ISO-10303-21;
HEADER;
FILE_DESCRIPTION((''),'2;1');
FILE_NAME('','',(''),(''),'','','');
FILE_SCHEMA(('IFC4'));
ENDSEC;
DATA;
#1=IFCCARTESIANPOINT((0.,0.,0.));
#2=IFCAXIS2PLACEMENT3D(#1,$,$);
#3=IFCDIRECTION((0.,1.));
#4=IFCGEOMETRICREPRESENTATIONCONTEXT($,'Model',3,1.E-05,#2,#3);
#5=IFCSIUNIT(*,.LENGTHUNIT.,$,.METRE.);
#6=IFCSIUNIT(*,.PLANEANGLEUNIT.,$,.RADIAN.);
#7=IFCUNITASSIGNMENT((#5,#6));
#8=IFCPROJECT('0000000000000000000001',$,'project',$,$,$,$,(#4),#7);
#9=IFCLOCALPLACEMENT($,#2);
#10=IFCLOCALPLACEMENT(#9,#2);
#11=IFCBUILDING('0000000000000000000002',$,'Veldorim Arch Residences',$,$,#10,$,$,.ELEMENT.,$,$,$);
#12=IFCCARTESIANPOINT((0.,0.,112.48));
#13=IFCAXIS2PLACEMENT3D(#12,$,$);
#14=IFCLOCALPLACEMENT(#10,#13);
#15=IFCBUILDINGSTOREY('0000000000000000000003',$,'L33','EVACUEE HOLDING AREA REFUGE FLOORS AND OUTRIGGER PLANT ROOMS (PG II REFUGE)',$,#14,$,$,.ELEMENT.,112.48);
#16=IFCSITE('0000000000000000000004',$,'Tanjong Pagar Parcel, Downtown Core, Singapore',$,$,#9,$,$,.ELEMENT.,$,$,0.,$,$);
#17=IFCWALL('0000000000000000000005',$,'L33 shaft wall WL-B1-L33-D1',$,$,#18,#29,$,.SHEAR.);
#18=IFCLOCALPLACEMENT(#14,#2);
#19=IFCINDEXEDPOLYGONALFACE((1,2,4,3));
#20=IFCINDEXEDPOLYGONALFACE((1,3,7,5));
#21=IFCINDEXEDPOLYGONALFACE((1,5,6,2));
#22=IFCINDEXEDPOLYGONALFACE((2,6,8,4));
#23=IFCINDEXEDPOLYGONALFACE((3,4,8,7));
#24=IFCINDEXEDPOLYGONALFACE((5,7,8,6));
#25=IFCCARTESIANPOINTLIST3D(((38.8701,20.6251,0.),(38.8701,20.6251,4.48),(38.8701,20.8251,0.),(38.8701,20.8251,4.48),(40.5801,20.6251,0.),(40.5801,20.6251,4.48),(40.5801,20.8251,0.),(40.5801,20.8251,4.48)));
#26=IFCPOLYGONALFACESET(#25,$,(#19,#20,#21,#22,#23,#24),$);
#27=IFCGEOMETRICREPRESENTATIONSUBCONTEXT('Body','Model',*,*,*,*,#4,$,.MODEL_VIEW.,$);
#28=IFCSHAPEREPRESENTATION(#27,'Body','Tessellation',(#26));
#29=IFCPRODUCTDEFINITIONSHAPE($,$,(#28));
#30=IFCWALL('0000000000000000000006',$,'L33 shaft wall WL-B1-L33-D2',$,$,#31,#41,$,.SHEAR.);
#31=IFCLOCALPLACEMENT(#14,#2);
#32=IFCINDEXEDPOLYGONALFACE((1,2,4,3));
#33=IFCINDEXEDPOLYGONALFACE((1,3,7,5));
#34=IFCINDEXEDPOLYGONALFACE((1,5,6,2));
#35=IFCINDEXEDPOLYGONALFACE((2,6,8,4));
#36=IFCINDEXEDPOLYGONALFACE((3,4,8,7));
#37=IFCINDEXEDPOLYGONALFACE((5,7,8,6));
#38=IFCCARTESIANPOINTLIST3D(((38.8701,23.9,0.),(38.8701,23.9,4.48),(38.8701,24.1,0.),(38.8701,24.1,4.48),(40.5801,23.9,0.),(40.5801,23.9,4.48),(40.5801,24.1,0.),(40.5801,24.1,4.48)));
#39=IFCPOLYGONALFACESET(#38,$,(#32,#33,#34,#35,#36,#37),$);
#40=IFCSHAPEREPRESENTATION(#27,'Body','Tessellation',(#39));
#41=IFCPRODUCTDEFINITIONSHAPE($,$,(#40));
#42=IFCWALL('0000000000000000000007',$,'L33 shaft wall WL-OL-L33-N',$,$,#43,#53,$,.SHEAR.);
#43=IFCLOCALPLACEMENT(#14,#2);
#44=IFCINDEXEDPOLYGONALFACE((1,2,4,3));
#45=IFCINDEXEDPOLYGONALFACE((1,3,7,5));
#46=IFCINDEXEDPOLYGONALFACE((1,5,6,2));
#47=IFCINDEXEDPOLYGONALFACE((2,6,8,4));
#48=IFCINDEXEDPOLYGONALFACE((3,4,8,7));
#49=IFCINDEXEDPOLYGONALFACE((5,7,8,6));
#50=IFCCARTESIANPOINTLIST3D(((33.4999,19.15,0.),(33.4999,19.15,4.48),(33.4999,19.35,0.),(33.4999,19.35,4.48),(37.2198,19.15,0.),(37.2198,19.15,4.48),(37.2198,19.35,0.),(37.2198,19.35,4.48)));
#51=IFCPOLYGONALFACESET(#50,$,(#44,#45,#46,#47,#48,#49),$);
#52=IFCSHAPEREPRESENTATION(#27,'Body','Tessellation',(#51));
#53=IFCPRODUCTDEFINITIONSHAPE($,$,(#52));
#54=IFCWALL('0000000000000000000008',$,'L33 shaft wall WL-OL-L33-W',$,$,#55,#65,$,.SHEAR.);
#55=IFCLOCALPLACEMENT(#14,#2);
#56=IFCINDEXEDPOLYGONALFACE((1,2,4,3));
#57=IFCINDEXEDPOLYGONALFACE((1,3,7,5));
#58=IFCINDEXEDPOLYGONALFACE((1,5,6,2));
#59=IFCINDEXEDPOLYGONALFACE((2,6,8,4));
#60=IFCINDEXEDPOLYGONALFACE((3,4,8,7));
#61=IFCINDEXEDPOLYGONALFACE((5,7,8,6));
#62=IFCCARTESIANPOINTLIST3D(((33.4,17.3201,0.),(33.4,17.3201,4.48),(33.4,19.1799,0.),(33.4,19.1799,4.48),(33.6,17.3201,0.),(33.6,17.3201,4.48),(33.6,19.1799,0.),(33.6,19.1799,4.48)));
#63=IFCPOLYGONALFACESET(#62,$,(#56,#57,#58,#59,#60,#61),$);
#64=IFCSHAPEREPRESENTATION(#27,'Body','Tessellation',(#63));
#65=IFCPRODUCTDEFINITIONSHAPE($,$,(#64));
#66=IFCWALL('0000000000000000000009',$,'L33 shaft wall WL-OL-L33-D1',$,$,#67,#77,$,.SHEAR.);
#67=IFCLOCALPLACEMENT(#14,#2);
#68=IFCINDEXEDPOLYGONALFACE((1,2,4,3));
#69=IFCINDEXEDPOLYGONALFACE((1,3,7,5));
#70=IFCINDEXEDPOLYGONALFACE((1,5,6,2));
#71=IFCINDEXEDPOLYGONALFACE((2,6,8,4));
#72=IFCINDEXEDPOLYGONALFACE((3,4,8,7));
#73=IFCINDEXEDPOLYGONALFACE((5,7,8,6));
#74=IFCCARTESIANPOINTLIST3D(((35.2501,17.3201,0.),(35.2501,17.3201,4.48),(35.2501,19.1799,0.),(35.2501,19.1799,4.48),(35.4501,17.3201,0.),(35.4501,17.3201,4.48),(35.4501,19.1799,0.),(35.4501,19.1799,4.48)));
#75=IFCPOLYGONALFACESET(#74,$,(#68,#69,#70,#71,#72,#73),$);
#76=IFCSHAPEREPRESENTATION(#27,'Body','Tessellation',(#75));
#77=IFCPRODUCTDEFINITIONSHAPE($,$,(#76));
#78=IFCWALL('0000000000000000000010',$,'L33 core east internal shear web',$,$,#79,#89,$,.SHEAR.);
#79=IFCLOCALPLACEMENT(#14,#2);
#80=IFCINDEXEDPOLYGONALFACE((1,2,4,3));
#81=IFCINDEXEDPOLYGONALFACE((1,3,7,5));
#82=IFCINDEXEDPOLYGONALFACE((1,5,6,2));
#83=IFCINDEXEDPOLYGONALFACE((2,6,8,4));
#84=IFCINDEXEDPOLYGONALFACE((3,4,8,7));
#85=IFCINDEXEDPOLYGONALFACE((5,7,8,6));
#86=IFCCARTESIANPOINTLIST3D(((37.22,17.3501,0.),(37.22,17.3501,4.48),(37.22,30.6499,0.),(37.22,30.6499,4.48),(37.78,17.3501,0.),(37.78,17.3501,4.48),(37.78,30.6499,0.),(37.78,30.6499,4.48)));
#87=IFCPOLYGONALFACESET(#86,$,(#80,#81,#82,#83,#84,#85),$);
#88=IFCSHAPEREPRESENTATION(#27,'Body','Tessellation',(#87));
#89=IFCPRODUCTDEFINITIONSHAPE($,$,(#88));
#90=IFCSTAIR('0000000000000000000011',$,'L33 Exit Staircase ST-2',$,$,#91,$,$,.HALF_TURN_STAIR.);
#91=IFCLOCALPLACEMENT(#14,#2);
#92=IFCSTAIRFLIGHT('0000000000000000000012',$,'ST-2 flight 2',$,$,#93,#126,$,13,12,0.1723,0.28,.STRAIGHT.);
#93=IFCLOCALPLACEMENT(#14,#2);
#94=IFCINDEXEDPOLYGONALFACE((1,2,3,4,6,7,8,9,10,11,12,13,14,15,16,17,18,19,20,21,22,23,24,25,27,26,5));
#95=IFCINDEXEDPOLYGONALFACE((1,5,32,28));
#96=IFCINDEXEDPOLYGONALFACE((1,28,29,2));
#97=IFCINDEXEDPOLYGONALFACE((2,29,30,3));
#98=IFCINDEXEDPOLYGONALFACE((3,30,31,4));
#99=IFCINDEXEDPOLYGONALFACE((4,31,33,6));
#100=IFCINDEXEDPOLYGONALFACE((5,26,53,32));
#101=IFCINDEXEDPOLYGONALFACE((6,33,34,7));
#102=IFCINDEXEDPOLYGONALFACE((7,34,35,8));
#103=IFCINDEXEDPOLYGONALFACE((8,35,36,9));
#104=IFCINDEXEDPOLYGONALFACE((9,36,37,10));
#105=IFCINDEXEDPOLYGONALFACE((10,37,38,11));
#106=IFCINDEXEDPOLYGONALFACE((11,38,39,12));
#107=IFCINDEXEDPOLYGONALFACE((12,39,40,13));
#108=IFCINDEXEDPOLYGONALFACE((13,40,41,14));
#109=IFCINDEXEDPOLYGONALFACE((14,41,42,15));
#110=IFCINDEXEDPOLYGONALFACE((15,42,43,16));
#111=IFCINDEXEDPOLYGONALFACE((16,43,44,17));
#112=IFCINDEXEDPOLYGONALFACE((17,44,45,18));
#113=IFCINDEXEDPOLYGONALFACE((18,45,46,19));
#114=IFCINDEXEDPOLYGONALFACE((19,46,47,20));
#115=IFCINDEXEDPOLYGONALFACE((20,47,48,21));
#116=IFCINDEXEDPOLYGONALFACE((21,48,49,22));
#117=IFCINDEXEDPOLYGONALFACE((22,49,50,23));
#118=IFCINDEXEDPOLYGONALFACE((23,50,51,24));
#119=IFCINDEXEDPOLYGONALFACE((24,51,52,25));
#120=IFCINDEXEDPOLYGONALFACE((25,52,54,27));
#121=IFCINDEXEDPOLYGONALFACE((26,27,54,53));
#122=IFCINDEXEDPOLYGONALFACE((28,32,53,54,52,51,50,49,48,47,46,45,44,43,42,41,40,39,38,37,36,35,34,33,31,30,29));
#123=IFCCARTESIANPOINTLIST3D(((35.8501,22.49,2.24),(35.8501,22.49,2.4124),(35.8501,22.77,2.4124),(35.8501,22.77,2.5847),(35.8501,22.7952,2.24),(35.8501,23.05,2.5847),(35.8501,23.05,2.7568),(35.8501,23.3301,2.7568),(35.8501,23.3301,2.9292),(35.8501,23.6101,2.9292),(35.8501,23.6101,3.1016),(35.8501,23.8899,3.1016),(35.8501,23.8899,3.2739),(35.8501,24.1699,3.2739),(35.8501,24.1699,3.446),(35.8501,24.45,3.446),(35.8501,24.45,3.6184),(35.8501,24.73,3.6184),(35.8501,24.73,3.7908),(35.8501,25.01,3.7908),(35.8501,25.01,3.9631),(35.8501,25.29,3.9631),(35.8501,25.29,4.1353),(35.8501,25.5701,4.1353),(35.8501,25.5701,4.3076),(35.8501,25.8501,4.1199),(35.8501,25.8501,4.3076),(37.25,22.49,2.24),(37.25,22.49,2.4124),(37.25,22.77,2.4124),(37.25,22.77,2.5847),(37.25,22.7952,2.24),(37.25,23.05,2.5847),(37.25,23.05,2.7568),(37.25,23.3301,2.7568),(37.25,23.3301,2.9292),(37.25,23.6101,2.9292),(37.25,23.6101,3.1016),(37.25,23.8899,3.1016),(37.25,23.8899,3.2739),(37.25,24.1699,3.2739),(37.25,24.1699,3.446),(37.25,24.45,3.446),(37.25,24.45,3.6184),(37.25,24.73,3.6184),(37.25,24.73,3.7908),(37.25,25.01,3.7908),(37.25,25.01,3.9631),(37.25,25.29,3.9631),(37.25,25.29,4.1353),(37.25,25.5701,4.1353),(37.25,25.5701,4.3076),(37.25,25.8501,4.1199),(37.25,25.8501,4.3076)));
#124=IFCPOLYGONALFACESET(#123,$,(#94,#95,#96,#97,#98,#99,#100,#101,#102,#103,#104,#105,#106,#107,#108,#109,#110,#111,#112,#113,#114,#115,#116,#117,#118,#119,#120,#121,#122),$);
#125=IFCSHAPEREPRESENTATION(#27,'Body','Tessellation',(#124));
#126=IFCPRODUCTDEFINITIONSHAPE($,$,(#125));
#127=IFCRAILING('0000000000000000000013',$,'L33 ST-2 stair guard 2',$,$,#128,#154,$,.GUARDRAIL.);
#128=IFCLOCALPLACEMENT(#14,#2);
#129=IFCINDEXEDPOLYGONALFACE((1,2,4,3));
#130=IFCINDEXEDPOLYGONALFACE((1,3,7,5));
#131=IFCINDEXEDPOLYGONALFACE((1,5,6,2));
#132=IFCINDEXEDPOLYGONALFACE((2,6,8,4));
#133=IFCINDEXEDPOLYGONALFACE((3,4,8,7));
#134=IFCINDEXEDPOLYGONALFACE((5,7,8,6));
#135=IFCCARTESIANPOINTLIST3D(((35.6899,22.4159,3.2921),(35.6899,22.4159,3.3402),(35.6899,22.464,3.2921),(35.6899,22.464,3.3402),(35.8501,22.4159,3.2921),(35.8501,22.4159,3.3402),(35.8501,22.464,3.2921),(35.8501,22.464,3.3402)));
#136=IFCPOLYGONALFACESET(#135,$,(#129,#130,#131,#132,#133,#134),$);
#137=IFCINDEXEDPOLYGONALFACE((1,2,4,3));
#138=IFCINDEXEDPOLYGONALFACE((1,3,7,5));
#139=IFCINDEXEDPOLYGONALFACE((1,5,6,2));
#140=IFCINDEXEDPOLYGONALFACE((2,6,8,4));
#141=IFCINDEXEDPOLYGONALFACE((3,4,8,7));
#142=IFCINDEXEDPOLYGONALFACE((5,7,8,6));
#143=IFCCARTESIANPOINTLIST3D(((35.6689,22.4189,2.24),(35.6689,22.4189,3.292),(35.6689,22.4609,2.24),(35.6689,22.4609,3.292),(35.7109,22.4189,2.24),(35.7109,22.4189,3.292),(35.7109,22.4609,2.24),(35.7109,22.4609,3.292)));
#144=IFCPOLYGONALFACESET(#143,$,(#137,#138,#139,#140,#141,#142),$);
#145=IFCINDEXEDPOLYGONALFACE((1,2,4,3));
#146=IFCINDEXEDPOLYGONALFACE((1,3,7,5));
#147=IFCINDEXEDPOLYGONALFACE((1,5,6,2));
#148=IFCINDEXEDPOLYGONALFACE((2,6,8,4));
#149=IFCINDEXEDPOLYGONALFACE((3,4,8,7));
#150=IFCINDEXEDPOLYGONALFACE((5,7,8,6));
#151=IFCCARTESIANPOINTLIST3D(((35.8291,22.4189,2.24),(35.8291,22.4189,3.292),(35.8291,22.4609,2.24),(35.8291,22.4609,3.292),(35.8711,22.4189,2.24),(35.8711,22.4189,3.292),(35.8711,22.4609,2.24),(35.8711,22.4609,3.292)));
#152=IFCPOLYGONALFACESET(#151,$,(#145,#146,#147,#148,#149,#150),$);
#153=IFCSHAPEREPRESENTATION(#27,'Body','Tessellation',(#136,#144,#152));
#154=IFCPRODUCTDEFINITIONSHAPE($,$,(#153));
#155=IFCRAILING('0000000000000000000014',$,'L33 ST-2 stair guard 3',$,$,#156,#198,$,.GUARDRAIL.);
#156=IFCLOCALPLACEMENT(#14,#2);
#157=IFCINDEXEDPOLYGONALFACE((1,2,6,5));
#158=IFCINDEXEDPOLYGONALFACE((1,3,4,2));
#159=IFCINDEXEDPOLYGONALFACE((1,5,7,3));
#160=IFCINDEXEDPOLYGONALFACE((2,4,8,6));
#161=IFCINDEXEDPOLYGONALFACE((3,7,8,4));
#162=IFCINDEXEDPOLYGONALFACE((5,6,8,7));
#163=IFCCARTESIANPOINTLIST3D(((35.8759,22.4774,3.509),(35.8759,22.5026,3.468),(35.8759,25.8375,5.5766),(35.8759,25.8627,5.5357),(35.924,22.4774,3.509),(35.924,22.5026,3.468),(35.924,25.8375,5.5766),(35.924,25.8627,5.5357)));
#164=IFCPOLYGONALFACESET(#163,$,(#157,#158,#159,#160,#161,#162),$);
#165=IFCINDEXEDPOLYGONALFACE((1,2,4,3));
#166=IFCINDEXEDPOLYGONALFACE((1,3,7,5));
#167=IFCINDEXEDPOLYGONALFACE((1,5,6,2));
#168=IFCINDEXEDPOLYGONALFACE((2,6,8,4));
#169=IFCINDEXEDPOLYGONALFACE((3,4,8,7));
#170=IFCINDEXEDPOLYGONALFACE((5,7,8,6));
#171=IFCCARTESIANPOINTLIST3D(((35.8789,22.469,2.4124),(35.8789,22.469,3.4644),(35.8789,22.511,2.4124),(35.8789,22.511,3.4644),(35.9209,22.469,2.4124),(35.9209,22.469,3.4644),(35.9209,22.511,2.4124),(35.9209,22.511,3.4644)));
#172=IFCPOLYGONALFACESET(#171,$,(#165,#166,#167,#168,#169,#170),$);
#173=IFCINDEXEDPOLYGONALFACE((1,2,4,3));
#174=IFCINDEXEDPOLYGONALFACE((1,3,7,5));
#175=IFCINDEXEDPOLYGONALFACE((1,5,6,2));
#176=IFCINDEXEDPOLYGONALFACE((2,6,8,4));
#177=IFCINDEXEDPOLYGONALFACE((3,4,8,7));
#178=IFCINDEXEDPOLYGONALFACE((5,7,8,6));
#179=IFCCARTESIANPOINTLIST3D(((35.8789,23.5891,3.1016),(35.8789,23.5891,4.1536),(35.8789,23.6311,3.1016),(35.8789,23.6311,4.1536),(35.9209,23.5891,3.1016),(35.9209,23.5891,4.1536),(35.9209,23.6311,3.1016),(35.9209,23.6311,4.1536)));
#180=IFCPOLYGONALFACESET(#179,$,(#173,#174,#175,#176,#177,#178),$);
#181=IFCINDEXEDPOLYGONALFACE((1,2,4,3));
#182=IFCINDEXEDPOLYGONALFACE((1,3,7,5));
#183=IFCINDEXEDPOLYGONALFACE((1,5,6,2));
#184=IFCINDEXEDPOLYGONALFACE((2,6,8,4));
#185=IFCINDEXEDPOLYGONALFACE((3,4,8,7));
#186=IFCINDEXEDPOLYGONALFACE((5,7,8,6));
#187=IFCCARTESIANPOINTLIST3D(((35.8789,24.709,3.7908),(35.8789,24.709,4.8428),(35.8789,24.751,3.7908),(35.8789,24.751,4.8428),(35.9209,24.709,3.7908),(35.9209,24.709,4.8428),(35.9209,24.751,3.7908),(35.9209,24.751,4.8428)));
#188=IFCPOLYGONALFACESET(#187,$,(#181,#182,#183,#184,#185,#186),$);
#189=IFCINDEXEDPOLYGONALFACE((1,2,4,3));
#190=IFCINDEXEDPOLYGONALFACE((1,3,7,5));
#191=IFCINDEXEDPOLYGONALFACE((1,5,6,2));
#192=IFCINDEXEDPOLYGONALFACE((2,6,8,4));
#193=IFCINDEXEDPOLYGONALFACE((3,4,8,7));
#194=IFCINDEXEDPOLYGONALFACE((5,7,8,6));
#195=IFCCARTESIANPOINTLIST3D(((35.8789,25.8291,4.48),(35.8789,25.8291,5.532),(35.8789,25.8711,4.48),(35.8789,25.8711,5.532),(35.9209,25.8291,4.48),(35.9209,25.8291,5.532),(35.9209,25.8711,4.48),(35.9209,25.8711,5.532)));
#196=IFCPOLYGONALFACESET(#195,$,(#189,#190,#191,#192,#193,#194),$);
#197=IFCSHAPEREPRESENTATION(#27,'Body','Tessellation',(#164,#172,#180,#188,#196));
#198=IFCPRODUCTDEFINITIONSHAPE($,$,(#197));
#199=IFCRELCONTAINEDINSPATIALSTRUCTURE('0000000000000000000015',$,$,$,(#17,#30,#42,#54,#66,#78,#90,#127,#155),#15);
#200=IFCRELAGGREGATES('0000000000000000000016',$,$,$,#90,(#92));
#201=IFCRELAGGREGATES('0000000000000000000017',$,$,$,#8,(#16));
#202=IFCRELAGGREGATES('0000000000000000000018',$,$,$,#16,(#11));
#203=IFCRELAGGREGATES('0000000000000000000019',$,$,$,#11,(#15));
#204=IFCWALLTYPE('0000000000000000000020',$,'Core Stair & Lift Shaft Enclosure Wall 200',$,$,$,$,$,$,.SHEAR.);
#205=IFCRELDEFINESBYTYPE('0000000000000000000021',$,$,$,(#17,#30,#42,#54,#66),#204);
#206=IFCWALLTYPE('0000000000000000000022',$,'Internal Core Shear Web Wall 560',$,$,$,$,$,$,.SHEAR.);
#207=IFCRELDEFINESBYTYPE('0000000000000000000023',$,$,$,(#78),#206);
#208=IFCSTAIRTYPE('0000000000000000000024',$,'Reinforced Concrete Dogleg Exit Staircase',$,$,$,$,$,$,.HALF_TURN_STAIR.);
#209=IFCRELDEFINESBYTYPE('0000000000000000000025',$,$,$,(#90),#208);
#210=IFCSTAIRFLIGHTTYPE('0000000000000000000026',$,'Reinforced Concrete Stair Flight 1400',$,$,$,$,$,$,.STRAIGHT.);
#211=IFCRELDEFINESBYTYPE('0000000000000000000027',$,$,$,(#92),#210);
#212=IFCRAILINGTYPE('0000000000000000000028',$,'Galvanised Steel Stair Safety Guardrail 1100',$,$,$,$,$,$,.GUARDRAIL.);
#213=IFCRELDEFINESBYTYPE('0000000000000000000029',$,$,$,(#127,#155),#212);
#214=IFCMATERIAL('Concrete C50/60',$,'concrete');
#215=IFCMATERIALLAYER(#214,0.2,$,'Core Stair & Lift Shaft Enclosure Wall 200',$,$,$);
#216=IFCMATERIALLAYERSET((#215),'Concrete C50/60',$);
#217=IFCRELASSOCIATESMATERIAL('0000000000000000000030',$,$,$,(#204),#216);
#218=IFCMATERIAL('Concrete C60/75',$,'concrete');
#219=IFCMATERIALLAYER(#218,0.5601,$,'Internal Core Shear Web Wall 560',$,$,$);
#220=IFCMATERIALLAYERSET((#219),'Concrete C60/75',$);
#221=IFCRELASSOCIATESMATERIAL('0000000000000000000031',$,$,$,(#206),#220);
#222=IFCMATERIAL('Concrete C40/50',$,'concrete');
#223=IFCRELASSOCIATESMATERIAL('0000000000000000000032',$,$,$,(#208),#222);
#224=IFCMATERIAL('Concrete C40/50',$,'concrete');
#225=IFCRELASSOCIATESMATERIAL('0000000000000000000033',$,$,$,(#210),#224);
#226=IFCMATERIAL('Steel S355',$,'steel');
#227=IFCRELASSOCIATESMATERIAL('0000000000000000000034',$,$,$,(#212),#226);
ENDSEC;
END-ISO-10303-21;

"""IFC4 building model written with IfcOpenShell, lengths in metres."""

from ifc_helpers import new_model, si_unit, direction, frame, frame_2d, origin, origin_2d, place, context, subcontext, project, spatial, polyline, rectangle, outline, extrude, material, layer, layer_set, type_object, element, aggregate, save


model = new_model("IFC4")

# Units and contexts
model_context = context("Model", 3, precision=1e-05, world=origin(), true_north=direction((0.0, 1.0)))
body_context = subcontext(model_context, "Body", "Model", "MODEL_VIEW")
ifc_project = project(units=[si_unit("LENGTHUNIT", "METRE"), si_unit("PLANEANGLEUNIT", "RADIAN")], contexts=[model_context])

# Site, building, storey
site_placement = place(None, origin())
site = spatial("IfcSite", under=ifc_project, at=site_placement, Name="Tanjong Pagar Parcel, Downtown Core, Singapore", CompositionType="ELEMENT", RefElevation=0.0)
building_placement = place(site_placement, origin())
building = spatial("IfcBuilding", under=site, at=building_placement, Name="Veldorim Arch Residences", CompositionType="ELEMENT")
storey_placement = place(building_placement, frame((0.0, 0.0, 112.48)))
storey = spatial("IfcBuildingStorey", under=building, at=storey_placement, Name="L33", Description="EVACUEE HOLDING AREA REFUGE FLOORS AND OUTRIGGER PLANT ROOMS (PG II REFUGE)", CompositionType="ELEMENT", Elevation=112.48)

# Walls
ifc_material_1 = material(Name="Concrete C50/60", Category="concrete")
ifc_layer_1 = layer(ifc_material_1, 0.2, Name="Core Stair & Lift Shaft Enclosure Wall 200")
ifc_layer_set_1 = layer_set([ifc_layer_1], Name="Concrete C50/60")
wall_type_1 = type_object("IfcWallType", Name="Core Stair & Lift Shaft Enclosure Wall 200", PredefinedType="SHEAR", material=ifc_layer_set_1)
for number, where, z_axis, x_axis, name in (
    (1, (38.8701, 20.7251, 0.0), (0.0, 0.0, 1.0), (1.0, 0.0, 0.0), "L33 shaft wall WL-B1-L33-D1"),
    (2, (38.8701, 24.0, 0.0), (0.0, 0.0, 1.0), (1.0, 0.0, 0.0), "L33 shaft wall WL-B1-L33-D2"),
):
    element("IfcWall", number, at=place(storey_placement, frame(where, z_axis=z_axis, x_axis=x_axis)), inside=storey, type_object=wall_type_1, Name=name, PredefinedType="SHEAR", context=body_context, shape_type="SweptSolid", body=[
        extrude(rectangle(XDim=1.71, YDim=0.2, at=frame_2d((0.855, 0.0))), origin(), (0.0, 0.0, 1.0), 4.48),
    ])
wall_1_placement = place(storey_placement, frame((33.5, 19.25, 0.0), z_axis=(0.0, 0.0, 1.0), x_axis=(1.0, 0.0, 0.0)))
element("IfcWall", 3, at=wall_1_placement, inside=storey, type_object=wall_type_1, Name="L33 shaft wall WL-OL-L33-N", PredefinedType="SHEAR", context=body_context, shape_type="SweptSolid", body=[
    extrude(rectangle(XDim=3.72, YDim=0.2, at=frame_2d((1.8599, 0.0))), origin(), (0.0, 0.0, 1.0), 4.48),
])
for number, where, z_axis, x_axis, name in (
    (4, (33.5, 17.3201, 0.0), (0.0, 0.0, 1.0), (0.0, 1.0, 0.0), "L33 shaft wall WL-OL-L33-W"),
    (5, (35.3501, 17.3201, 0.0), (0.0, 0.0, 1.0), (0.0, 1.0, 0.0), "L33 shaft wall WL-OL-L33-D1"),
):
    element("IfcWall", number, at=place(storey_placement, frame(where, z_axis=z_axis, x_axis=x_axis)), inside=storey, type_object=wall_type_1, Name=name, PredefinedType="SHEAR", context=body_context, shape_type="SweptSolid", body=[
        extrude(rectangle(XDim=1.8599, YDim=0.2, at=frame_2d((0.9299, 0.0))), origin(), (0.0, 0.0, 1.0), 4.48),
    ])
ifc_material_2 = material(Name="Concrete C60/75", Category="concrete")
ifc_layer_2 = layer(ifc_material_2, 0.5601, Name="Internal Core Shear Web Wall 560")
ifc_layer_set_2 = layer_set([ifc_layer_2], Name="Concrete C60/75")
wall_type_2 = type_object("IfcWallType", Name="Internal Core Shear Web Wall 560", PredefinedType="SHEAR", material=ifc_layer_set_2)
wall_2_placement = place(storey_placement, frame((37.5, 17.3501, 0.0), z_axis=(0.0, 0.0, 1.0), x_axis=(0.0, 1.0, 0.0)))
element("IfcWall", 6, at=wall_2_placement, inside=storey, type_object=wall_type_2, Name="L33 core east internal shear web", PredefinedType="SHEAR", context=body_context, shape_type="SweptSolid", body=[
    extrude(rectangle(XDim=13.2998, YDim=0.5601, at=frame_2d((6.6499, 0.0))), origin(), (0.0, 0.0, 1.0), 4.48),
])

# Stair, stair flight
ifc_material_3 = material(Name="Concrete C40/50", Category="concrete")
stair_type = type_object("IfcStairType", Name="Reinforced Concrete Dogleg Exit Staircase", PredefinedType="HALF_TURN_STAIR", material=ifc_material_3)
stair_placement = place(storey_placement, origin())
stair = element("IfcStair", 7, at=stair_placement, inside=storey, type_object=stair_type, Name="L33 Exit Staircase ST-2", PredefinedType="HALF_TURN_STAIR")
ifc_material_4 = material(Name="Concrete C40/50", Category="concrete")
stair_flight_type = type_object("IfcStairFlightType", Name="Reinforced Concrete Stair Flight 1400", PredefinedType="STRAIGHT", material=ifc_material_4)
stair_flight_placement = place(storey_placement, frame((36.55, 22.49, 2.24), z_axis=(0.0, 0.0, 1.0), x_axis=(0.0, 1.0, 0.0)))
stair_flight = element("IfcStairFlight", 8, at=stair_flight_placement, type_object=stair_flight_type, Name="ST-2 flight 2", NumberOfRisers=13, NumberOfTreads=12, PredefinedType="STRAIGHT", RiserHeight=0.1723, TreadLength=0.28, context=body_context, shape_type="SweptSolid", body=[
    extrude(outline(polyline([(0.0, 0.0), (0.0, 0.1724), (0.28, 0.1724), (0.28, 0.3447), (0.5601, 0.3447), (0.5601, 0.5168), (0.8401, 0.5168), (0.8401, 0.6892), (1.1201, 0.6892), (1.1201, 0.8616), (1.3999, 0.8616), (1.3999, 1.0339), (1.6799, 1.0339), (1.6799, 1.2061), (1.96, 1.2061), (1.96, 1.3784), (2.24, 1.3784), (2.24, 1.5508), (2.52, 1.5508), (2.52, 1.7231), (2.8, 1.7231), (2.8, 1.8953), (3.0801, 1.8953), (3.0801, 2.0676), (3.3601, 2.0676), (3.3601, 2.24), (3.3601, 1.8799), (0.3052, 0.0), (0.0, 0.0)])), frame((0.0, 0.7, 0.0), z_axis=(0.0, -1.0, 0.0), x_axis=(1.0, 0.0, 0.0)), (0.0, 0.0, 1.0), 1.3999),
])
aggregate(stair, [stair_flight])

# Railings
ifc_material_5 = material(Name="Steel S355", Category="steel")
railing_type_1 = type_object("IfcRailingType", Name="Galvanised Steel Stair Safety Guardrail 1100", PredefinedType="GUARDRAIL", material=ifc_material_5)
railing_1_placement = place(storey_placement, frame((35.6899, 22.4399, 2.24)))
element("IfcRailing", 9, at=railing_1_placement, inside=storey, type_object=railing_type_1, Name="L33 ST-2 stair guard 2", PredefinedType="GUARDRAIL", context=body_context, shape_type="SweptSolid", body=[
    extrude(rectangle(XDim=0.0481, YDim=0.0481, at=origin_2d()), frame((0.0, 0.0, 1.0762), z_axis=(1.0, 0.0, 0.0), x_axis=(0.0, 1.0, 0.0)), (0.0, 0.0, 1.0), 0.1602),
    extrude(rectangle(XDim=0.042, YDim=0.042, at=origin_2d()), origin(), (0.0, 0.0, 1.0), 1.052),
    extrude(rectangle(XDim=0.042, YDim=0.042, at=origin_2d()), frame((0.1602, 0.0, 0.0)), (0.0, 0.0, 1.0), 1.052),
])
railing_2_placement = place(storey_placement, frame((35.8999, 22.49, 2.4124)))
element("IfcRailing", 10, at=railing_2_placement, inside=storey, type_object=railing_type_1, Name="L33 ST-2 stair guard 3", PredefinedType="GUARDRAIL", context=body_context, shape_type="SweptSolid", body=[
    extrude(rectangle(XDim=0.0481, YDim=0.0481, at=origin_2d()), frame((0.0, 0.0, 1.0762), z_axis=(0.0, 0.851673, 0.524073), x_axis=(-1.0, 0.0, 0.0)), (0.0, 0.0, 1.0), 3.9453),
    extrude(rectangle(XDim=0.042, YDim=0.042, at=origin_2d()), origin(), (0.0, 0.0, 1.0), 1.052),
    extrude(rectangle(XDim=0.042, YDim=0.042, at=origin_2d()), frame((0.0, 1.1201, 0.6892)), (0.0, 0.0, 1.0), 1.052),
    extrude(rectangle(XDim=0.042, YDim=0.042, at=origin_2d()), frame((0.0, 2.24, 1.3784)), (0.0, 0.0, 1.0), 1.052),
    extrude(rectangle(XDim=0.042, YDim=0.042, at=origin_2d()), frame((0.0, 3.3601, 2.0676)), (0.0, 0.0, 1.0), 1.052),
])

save(model, "model.ifc")
